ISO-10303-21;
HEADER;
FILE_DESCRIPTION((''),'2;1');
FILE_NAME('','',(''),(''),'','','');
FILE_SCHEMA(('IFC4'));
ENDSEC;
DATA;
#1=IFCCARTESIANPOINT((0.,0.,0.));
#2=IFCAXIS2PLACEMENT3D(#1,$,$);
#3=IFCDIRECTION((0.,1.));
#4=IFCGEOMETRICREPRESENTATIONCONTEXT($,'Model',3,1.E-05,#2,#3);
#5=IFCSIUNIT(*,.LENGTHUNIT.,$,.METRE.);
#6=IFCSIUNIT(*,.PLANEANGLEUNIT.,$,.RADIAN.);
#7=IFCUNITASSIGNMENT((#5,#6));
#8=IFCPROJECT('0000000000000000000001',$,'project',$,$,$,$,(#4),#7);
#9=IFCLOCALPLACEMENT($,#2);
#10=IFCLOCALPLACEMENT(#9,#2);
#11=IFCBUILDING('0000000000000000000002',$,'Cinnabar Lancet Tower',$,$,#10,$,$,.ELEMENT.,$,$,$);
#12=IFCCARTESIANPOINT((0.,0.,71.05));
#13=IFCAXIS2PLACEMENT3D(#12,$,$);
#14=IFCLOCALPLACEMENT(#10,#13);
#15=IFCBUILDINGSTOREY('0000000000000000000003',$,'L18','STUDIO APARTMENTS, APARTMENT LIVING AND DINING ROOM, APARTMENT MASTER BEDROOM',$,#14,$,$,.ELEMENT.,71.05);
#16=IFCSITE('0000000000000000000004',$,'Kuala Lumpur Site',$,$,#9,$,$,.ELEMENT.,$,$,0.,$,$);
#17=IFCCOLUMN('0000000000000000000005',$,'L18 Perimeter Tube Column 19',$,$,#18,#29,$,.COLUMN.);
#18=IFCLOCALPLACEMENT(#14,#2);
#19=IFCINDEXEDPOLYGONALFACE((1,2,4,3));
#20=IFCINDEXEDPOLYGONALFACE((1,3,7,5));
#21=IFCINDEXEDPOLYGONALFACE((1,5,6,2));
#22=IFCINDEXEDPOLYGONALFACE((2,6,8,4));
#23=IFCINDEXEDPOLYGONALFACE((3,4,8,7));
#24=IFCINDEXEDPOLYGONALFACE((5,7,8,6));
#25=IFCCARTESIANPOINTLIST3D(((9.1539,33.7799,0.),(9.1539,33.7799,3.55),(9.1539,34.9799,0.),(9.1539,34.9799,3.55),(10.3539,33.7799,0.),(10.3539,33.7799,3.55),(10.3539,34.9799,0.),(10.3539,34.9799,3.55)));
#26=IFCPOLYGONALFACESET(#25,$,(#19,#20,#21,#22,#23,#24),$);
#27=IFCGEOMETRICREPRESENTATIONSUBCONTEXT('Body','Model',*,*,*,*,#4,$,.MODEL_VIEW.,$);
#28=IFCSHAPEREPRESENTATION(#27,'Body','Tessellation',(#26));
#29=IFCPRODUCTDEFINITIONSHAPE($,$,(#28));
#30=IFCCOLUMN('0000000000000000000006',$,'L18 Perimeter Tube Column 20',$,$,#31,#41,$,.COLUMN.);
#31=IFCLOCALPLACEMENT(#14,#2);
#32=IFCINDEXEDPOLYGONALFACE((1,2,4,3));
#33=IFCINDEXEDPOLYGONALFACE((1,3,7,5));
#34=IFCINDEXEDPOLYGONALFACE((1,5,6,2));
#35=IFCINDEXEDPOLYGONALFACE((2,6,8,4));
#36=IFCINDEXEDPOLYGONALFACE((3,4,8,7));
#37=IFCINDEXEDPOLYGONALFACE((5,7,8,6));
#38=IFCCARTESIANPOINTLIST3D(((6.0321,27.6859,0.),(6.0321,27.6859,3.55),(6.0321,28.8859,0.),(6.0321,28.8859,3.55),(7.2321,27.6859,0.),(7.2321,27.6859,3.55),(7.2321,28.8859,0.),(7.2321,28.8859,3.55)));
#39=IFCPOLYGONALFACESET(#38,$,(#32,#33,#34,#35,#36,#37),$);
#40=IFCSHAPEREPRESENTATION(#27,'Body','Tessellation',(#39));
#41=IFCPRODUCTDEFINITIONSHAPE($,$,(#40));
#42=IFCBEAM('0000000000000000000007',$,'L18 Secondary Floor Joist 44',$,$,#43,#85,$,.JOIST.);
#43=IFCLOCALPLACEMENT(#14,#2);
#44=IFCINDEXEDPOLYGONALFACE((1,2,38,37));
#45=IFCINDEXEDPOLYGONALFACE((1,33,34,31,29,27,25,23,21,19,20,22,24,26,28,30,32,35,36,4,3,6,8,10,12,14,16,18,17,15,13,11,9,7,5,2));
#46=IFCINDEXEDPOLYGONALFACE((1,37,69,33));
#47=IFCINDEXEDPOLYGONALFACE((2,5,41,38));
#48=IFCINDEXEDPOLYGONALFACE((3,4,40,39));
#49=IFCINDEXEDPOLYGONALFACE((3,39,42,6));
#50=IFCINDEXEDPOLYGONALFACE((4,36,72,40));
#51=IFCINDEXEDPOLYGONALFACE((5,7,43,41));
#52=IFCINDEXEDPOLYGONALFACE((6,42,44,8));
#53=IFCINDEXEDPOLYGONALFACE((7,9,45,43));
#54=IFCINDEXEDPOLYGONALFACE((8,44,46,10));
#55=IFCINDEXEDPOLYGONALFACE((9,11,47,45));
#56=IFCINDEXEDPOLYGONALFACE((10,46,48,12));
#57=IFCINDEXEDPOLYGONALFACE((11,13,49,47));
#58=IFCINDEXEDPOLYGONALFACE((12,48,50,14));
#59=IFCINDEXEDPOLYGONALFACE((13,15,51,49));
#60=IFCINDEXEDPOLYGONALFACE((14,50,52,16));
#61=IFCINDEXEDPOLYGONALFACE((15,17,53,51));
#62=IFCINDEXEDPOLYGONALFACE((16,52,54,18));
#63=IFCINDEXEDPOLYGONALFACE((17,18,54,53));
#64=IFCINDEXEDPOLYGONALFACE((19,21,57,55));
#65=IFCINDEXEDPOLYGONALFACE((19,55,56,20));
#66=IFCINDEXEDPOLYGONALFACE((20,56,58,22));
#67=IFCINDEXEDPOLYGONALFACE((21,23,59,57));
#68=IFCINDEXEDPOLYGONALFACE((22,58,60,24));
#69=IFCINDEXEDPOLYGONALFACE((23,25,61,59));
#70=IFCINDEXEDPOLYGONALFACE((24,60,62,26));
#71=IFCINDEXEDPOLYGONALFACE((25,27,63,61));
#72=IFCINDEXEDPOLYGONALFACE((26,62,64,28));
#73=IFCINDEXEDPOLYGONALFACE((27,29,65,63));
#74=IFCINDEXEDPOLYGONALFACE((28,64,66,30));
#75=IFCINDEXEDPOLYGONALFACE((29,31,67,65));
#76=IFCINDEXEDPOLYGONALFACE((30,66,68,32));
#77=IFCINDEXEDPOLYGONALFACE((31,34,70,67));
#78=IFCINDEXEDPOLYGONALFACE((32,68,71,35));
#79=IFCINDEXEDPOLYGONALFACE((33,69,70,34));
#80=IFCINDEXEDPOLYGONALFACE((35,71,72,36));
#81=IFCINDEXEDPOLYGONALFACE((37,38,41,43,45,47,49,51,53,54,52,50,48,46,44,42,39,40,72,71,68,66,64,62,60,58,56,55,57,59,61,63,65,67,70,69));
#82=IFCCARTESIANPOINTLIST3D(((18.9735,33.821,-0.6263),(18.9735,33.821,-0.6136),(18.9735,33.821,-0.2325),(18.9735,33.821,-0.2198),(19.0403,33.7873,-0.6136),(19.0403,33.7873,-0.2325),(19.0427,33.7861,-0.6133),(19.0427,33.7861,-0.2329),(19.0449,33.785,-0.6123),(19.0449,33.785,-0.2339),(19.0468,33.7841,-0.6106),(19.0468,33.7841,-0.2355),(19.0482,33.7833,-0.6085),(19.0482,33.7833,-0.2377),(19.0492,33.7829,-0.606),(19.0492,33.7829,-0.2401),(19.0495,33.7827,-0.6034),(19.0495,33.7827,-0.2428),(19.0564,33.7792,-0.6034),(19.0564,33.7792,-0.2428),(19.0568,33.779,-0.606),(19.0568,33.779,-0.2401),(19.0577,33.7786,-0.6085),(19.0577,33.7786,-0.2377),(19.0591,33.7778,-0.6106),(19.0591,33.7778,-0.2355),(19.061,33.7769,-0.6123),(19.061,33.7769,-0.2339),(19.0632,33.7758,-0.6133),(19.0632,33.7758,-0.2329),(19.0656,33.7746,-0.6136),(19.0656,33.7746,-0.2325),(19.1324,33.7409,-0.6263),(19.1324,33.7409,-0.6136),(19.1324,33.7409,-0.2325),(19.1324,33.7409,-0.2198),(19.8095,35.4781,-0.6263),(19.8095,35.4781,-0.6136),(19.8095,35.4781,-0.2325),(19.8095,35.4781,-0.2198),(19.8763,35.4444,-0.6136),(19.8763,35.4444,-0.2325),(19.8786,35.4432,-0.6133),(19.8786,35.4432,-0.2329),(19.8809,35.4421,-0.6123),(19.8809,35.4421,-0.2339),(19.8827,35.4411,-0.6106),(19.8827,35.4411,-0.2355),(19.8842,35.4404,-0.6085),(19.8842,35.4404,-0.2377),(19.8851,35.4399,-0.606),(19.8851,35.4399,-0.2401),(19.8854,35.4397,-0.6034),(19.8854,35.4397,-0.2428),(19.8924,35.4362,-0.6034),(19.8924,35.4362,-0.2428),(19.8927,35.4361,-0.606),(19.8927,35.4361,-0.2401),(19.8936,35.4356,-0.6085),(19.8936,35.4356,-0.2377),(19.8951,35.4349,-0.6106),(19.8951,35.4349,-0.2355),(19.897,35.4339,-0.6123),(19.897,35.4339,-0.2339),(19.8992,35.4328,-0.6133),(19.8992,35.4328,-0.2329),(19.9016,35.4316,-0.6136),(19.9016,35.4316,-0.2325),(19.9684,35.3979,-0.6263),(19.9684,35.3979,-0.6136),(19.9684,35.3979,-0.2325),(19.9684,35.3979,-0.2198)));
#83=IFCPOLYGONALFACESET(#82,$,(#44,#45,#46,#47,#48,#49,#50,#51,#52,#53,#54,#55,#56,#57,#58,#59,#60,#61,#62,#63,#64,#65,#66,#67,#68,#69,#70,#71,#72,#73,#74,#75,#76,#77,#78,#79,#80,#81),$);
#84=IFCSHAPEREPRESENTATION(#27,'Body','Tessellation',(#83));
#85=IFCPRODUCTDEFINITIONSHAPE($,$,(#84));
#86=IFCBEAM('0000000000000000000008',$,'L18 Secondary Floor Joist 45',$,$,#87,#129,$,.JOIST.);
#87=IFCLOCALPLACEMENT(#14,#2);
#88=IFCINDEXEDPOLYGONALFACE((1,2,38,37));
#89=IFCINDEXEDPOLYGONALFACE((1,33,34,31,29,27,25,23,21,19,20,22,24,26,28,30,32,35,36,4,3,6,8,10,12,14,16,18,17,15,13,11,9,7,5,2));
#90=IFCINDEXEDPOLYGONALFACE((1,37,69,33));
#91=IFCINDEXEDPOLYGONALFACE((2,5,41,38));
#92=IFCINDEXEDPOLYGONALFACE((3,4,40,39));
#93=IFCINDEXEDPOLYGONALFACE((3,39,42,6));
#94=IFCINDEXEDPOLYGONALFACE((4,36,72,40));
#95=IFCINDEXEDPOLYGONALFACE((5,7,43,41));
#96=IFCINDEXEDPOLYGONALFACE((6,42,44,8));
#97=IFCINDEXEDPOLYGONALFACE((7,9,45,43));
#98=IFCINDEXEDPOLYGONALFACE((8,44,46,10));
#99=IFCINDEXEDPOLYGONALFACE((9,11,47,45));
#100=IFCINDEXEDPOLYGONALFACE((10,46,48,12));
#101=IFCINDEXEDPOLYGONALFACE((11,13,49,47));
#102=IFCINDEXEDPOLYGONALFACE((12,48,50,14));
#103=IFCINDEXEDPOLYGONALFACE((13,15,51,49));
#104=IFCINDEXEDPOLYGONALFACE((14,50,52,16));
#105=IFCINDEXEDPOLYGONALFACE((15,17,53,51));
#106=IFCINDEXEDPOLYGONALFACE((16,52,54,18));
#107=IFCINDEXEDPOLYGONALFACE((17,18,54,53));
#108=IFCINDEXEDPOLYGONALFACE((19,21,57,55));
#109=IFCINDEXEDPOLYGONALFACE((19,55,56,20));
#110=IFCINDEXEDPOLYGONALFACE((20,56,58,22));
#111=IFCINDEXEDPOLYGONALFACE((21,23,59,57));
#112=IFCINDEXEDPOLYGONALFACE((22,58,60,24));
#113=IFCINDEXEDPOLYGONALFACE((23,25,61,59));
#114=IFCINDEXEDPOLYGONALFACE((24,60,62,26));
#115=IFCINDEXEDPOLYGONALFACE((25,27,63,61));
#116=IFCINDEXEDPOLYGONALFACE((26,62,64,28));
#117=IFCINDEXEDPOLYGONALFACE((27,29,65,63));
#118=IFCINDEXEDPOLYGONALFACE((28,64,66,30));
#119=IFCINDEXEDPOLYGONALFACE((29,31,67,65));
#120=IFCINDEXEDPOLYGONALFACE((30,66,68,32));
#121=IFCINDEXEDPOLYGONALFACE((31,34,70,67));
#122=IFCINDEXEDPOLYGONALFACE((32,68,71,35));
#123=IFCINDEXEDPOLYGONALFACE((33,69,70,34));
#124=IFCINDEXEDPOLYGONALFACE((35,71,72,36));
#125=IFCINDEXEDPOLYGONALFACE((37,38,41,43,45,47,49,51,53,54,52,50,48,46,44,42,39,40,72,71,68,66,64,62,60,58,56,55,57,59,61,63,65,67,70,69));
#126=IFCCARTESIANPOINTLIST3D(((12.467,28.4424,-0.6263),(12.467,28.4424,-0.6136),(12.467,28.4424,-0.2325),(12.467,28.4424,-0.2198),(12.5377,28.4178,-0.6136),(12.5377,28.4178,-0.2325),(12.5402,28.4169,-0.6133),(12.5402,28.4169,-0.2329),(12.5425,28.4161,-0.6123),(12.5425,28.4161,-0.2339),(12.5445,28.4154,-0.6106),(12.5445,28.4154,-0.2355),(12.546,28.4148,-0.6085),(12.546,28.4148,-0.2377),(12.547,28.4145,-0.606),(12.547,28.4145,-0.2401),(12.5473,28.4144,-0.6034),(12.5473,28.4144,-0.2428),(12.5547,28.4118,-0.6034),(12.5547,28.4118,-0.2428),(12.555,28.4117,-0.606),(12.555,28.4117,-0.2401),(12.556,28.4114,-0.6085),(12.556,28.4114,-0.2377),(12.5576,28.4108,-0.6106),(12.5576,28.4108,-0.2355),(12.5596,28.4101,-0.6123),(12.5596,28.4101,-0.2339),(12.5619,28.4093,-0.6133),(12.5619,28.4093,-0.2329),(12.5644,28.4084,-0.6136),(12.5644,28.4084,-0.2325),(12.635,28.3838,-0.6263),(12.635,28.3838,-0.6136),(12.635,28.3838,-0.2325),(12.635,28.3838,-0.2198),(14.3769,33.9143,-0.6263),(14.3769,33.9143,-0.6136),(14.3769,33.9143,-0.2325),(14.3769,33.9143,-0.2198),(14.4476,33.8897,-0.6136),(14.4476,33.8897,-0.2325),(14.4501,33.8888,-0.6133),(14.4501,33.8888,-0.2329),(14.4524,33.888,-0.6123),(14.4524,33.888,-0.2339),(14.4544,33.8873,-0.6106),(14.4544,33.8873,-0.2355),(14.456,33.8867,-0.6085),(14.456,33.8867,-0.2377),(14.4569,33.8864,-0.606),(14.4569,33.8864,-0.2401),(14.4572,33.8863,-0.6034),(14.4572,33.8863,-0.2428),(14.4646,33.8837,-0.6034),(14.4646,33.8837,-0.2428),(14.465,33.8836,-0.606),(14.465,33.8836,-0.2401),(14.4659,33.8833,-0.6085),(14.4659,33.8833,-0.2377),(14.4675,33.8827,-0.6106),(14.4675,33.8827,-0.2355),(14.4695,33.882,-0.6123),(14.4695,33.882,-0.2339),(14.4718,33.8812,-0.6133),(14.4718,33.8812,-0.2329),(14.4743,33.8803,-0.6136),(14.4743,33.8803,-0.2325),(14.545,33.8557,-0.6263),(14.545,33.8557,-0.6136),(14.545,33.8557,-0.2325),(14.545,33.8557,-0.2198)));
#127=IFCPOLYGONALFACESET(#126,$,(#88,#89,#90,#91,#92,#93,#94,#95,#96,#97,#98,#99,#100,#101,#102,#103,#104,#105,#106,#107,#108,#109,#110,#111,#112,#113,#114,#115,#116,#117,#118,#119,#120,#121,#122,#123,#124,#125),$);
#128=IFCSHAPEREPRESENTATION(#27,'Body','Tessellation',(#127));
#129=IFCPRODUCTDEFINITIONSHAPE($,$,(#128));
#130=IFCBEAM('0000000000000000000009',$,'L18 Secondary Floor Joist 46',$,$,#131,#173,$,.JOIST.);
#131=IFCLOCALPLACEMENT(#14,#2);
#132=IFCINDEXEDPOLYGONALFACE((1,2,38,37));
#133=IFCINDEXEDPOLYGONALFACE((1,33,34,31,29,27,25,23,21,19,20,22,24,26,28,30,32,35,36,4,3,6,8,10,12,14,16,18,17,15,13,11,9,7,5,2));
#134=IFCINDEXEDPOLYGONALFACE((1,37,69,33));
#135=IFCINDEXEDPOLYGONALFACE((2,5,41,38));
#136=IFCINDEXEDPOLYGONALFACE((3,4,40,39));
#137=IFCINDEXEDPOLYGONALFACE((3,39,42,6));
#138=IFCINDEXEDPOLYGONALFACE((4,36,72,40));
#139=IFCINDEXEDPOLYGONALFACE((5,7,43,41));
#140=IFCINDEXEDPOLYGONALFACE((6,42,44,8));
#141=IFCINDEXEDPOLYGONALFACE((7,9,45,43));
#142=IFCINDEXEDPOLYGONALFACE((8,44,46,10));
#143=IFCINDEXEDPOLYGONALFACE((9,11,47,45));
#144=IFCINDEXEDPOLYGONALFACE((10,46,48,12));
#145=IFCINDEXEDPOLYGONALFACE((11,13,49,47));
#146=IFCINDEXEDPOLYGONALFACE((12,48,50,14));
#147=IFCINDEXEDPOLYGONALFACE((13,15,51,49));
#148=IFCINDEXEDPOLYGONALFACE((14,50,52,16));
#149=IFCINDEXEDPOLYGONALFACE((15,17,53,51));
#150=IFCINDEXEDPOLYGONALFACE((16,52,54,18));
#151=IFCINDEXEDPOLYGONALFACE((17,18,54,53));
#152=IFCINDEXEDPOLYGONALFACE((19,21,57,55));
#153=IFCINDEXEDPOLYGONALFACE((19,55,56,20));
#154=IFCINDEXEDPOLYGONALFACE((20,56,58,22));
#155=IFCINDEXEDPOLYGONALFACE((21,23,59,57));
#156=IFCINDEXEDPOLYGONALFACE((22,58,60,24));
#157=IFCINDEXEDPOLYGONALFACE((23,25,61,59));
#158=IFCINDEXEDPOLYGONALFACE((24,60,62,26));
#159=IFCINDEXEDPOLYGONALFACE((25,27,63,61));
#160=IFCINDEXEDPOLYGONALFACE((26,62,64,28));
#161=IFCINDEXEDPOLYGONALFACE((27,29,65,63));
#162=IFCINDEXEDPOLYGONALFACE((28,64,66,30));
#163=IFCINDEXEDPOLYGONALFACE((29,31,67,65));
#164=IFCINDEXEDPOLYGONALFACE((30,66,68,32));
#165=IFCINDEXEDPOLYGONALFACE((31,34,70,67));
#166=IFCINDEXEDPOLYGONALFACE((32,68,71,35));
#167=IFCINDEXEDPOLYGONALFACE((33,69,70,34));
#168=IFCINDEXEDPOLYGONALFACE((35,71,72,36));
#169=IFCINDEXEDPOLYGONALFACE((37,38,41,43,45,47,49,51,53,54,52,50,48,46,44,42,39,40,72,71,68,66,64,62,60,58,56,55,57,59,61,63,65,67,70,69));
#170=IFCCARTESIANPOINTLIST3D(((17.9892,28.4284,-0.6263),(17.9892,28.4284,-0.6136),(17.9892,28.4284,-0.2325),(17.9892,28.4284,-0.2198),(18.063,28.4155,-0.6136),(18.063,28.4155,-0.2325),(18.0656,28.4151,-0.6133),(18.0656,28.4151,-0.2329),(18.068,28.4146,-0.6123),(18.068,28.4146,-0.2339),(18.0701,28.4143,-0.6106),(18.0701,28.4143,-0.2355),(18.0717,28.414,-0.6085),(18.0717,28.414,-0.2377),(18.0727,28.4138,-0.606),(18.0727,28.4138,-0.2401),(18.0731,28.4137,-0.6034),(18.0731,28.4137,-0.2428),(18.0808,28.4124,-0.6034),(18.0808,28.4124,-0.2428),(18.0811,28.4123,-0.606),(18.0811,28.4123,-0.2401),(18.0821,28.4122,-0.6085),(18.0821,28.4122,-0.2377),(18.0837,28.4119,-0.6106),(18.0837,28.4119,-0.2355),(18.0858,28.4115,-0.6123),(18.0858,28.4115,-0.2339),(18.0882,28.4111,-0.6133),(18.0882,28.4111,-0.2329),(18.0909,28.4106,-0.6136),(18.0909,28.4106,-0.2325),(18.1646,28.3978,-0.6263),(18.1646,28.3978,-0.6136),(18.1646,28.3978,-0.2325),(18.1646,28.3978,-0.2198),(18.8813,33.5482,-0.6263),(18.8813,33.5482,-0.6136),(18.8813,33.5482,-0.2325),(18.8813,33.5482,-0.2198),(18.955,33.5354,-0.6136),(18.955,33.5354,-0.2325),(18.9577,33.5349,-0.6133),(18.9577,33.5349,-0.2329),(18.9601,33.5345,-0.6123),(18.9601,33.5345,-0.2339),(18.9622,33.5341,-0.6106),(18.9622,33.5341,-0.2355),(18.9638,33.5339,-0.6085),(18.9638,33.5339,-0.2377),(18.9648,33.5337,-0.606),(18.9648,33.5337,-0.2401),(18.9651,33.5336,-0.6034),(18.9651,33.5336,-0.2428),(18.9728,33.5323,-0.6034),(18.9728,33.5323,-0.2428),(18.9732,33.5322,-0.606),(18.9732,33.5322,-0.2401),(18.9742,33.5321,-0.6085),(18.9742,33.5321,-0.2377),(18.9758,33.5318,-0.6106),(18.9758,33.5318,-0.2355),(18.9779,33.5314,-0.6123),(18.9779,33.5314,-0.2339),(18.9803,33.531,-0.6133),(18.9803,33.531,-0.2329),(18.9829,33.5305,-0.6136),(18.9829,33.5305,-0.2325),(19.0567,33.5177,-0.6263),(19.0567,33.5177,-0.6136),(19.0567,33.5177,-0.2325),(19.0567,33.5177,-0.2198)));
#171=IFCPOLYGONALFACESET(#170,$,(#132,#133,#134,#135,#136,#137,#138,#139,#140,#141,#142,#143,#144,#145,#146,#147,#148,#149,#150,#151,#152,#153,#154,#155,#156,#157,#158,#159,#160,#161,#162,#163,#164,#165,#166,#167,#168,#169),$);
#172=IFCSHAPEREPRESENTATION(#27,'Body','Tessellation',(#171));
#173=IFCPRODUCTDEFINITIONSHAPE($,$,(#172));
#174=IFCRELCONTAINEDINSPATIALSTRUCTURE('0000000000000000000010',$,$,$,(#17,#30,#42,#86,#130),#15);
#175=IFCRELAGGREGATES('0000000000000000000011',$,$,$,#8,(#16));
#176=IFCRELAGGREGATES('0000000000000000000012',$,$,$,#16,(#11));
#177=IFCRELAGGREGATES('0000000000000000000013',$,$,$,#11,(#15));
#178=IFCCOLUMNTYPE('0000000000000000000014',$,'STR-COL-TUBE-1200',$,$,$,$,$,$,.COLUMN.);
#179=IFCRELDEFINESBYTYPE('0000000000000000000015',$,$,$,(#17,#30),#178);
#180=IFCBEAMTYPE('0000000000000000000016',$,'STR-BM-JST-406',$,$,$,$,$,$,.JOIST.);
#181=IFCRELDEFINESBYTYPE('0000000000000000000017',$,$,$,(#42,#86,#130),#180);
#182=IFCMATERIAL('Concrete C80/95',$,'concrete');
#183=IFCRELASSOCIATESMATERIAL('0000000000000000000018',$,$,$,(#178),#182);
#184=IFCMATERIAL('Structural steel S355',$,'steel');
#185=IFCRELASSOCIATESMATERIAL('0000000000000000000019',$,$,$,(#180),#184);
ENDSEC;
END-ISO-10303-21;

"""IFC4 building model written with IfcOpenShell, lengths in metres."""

from ifc_helpers import new_model, si_unit, direction, frame, origin, origin_2d, place, context, subcontext, project, spatial, rectangle, i_section, extrude, material, material_profile, profile_set, type_object, element, save


model = new_model("IFC4")

# Units and contexts
model_context = context("Model", 3, precision=1e-05, world=origin(), true_north=direction((0.0, 1.0)))
body_context = subcontext(model_context, "Body", "Model", "MODEL_VIEW")
ifc_project = project(units=[si_unit("LENGTHUNIT", "METRE"), si_unit("PLANEANGLEUNIT", "RADIAN")], contexts=[model_context])

# Site, building, storey
site_placement = place(None, origin())
site = spatial("IfcSite", under=ifc_project, at=site_placement, Name="Kuala Lumpur Site", CompositionType="ELEMENT", RefElevation=0.0)
building_placement = place(site_placement, origin())
building = spatial("IfcBuilding", under=site, at=building_placement, Name="Cinnabar Lancet Tower", CompositionType="ELEMENT")
storey_placement = place(building_placement, frame((0.0, 0.0, 71.05)))
storey = spatial("IfcBuildingStorey", under=building, at=storey_placement, Name="L18", Description="STUDIO APARTMENTS, APARTMENT LIVING AND DINING ROOM, APARTMENT MASTER BEDROOM", CompositionType="ELEMENT", Elevation=71.05)

# Columns
ifc_material_1 = material(Name="Concrete C80/95", Category="concrete")
ifc_material_profile_1 = material_profile(ifc_material_1, rectangle(XDim=1.2, YDim=1.2, at=origin_2d()), Name="RC-COL 1200x1200")
ifc_profile_set_1 = profile_set([ifc_material_profile_1], Name="Concrete C80/95")
column_type = type_object("IfcColumnType", Name="STR-COL-TUBE-1200", PredefinedType="COLUMN", material=ifc_profile_set_1)
for number, where, z_axis, x_axis, name in (
    (1, (9.7539, 34.3799, 0.0), (0.0, 0.0, 1.0), (1.0, 0.0, 0.0), "L18 Perimeter Tube Column 19"),
    (2, (6.6321, 28.2859, 0.0), (0.0, 0.0, 1.0), (1.0, 0.0, 0.0), "L18 Perimeter Tube Column 20"),
):
    element("IfcColumn", number, at=place(storey_placement, frame(where, z_axis=z_axis, x_axis=x_axis)), inside=storey, type_object=column_type, Name=name, PredefinedType="COLUMN", context=body_context, shape_type="SweptSolid", body=[
        extrude(rectangle(XDim=1.2, YDim=1.2, at=origin_2d()), origin(), (0.0, 0.0, 1.0), 3.55),
    ])

# Beams
ifc_material_2 = material(Name="Structural steel S355", Category="steel")
ifc_material_profile_2 = material_profile(ifc_material_2, i_section(OverallWidth=0.178, OverallDepth=0.4065, WebThickness=0.0078, FlangeThickness=0.0127, FilletRadius=0.0103, at=origin_2d()), Name="UKB 406x178x60")
ifc_profile_set_2 = profile_set([ifc_material_profile_2], Name="Structural steel S355")
beam_type_1 = type_object("IfcBeamType", Name="STR-BM-JST-406", PredefinedType="JOIST", material=ifc_profile_set_2)
beam_1_placement = place(storey_placement, frame((19.8889, 35.438, -0.4231), z_axis=(-0.45042, -0.892817, 0.0), x_axis=(0.892817, -0.45042, 0.0)))
element("IfcBeam", 3, at=beam_1_placement, inside=storey, type_object=beam_type_1, Name="L18 Secondary Floor Joist 44", PredefinedType="JOIST", context=body_context, shape_type="SweptSolid", body=[
    extrude(i_section(OverallWidth=0.178, OverallDepth=0.4065, WebThickness=0.0078, FlangeThickness=0.0127, FilletRadius=0.0103, at=origin_2d()), origin(), (0.0, 0.0, 1.0), 1.856),
])
beam_2_placement = place(storey_placement, frame((14.4609, 33.885, -0.4231), z_axis=(-0.329542, -0.944141, 0.0), x_axis=(0.944141, -0.329542, 0.0)))
element("IfcBeam", 4, at=beam_2_placement, inside=storey, type_object=beam_type_1, Name="L18 Secondary Floor Joist 45", PredefinedType="JOIST", context=body_context, shape_type="SweptSolid", body=[
    extrude(i_section(OverallWidth=0.178, OverallDepth=0.4065, WebThickness=0.0078, FlangeThickness=0.0127, FilletRadius=0.0103, at=origin_2d()), origin(), (0.0, 0.0, 1.0), 5.7957),
])
beam_3_placement = place(storey_placement, frame((18.969, 33.533, -0.4231), z_axis=(-0.171654, -0.985157, 0.0), x_axis=(0.985157, -0.171654, 0.0)))
element("IfcBeam", 5, at=beam_3_placement, inside=storey, type_object=beam_type_1, Name="L18 Secondary Floor Joist 46", PredefinedType="JOIST", context=body_context, shape_type="SweptSolid", body=[
    extrude(i_section(OverallWidth=0.178, OverallDepth=0.4065, WebThickness=0.0078, FlangeThickness=0.0127, FilletRadius=0.0103, at=origin_2d()), origin(), (0.0, 0.0, 1.0), 5.197),
])

save(model, "model.ifc")
